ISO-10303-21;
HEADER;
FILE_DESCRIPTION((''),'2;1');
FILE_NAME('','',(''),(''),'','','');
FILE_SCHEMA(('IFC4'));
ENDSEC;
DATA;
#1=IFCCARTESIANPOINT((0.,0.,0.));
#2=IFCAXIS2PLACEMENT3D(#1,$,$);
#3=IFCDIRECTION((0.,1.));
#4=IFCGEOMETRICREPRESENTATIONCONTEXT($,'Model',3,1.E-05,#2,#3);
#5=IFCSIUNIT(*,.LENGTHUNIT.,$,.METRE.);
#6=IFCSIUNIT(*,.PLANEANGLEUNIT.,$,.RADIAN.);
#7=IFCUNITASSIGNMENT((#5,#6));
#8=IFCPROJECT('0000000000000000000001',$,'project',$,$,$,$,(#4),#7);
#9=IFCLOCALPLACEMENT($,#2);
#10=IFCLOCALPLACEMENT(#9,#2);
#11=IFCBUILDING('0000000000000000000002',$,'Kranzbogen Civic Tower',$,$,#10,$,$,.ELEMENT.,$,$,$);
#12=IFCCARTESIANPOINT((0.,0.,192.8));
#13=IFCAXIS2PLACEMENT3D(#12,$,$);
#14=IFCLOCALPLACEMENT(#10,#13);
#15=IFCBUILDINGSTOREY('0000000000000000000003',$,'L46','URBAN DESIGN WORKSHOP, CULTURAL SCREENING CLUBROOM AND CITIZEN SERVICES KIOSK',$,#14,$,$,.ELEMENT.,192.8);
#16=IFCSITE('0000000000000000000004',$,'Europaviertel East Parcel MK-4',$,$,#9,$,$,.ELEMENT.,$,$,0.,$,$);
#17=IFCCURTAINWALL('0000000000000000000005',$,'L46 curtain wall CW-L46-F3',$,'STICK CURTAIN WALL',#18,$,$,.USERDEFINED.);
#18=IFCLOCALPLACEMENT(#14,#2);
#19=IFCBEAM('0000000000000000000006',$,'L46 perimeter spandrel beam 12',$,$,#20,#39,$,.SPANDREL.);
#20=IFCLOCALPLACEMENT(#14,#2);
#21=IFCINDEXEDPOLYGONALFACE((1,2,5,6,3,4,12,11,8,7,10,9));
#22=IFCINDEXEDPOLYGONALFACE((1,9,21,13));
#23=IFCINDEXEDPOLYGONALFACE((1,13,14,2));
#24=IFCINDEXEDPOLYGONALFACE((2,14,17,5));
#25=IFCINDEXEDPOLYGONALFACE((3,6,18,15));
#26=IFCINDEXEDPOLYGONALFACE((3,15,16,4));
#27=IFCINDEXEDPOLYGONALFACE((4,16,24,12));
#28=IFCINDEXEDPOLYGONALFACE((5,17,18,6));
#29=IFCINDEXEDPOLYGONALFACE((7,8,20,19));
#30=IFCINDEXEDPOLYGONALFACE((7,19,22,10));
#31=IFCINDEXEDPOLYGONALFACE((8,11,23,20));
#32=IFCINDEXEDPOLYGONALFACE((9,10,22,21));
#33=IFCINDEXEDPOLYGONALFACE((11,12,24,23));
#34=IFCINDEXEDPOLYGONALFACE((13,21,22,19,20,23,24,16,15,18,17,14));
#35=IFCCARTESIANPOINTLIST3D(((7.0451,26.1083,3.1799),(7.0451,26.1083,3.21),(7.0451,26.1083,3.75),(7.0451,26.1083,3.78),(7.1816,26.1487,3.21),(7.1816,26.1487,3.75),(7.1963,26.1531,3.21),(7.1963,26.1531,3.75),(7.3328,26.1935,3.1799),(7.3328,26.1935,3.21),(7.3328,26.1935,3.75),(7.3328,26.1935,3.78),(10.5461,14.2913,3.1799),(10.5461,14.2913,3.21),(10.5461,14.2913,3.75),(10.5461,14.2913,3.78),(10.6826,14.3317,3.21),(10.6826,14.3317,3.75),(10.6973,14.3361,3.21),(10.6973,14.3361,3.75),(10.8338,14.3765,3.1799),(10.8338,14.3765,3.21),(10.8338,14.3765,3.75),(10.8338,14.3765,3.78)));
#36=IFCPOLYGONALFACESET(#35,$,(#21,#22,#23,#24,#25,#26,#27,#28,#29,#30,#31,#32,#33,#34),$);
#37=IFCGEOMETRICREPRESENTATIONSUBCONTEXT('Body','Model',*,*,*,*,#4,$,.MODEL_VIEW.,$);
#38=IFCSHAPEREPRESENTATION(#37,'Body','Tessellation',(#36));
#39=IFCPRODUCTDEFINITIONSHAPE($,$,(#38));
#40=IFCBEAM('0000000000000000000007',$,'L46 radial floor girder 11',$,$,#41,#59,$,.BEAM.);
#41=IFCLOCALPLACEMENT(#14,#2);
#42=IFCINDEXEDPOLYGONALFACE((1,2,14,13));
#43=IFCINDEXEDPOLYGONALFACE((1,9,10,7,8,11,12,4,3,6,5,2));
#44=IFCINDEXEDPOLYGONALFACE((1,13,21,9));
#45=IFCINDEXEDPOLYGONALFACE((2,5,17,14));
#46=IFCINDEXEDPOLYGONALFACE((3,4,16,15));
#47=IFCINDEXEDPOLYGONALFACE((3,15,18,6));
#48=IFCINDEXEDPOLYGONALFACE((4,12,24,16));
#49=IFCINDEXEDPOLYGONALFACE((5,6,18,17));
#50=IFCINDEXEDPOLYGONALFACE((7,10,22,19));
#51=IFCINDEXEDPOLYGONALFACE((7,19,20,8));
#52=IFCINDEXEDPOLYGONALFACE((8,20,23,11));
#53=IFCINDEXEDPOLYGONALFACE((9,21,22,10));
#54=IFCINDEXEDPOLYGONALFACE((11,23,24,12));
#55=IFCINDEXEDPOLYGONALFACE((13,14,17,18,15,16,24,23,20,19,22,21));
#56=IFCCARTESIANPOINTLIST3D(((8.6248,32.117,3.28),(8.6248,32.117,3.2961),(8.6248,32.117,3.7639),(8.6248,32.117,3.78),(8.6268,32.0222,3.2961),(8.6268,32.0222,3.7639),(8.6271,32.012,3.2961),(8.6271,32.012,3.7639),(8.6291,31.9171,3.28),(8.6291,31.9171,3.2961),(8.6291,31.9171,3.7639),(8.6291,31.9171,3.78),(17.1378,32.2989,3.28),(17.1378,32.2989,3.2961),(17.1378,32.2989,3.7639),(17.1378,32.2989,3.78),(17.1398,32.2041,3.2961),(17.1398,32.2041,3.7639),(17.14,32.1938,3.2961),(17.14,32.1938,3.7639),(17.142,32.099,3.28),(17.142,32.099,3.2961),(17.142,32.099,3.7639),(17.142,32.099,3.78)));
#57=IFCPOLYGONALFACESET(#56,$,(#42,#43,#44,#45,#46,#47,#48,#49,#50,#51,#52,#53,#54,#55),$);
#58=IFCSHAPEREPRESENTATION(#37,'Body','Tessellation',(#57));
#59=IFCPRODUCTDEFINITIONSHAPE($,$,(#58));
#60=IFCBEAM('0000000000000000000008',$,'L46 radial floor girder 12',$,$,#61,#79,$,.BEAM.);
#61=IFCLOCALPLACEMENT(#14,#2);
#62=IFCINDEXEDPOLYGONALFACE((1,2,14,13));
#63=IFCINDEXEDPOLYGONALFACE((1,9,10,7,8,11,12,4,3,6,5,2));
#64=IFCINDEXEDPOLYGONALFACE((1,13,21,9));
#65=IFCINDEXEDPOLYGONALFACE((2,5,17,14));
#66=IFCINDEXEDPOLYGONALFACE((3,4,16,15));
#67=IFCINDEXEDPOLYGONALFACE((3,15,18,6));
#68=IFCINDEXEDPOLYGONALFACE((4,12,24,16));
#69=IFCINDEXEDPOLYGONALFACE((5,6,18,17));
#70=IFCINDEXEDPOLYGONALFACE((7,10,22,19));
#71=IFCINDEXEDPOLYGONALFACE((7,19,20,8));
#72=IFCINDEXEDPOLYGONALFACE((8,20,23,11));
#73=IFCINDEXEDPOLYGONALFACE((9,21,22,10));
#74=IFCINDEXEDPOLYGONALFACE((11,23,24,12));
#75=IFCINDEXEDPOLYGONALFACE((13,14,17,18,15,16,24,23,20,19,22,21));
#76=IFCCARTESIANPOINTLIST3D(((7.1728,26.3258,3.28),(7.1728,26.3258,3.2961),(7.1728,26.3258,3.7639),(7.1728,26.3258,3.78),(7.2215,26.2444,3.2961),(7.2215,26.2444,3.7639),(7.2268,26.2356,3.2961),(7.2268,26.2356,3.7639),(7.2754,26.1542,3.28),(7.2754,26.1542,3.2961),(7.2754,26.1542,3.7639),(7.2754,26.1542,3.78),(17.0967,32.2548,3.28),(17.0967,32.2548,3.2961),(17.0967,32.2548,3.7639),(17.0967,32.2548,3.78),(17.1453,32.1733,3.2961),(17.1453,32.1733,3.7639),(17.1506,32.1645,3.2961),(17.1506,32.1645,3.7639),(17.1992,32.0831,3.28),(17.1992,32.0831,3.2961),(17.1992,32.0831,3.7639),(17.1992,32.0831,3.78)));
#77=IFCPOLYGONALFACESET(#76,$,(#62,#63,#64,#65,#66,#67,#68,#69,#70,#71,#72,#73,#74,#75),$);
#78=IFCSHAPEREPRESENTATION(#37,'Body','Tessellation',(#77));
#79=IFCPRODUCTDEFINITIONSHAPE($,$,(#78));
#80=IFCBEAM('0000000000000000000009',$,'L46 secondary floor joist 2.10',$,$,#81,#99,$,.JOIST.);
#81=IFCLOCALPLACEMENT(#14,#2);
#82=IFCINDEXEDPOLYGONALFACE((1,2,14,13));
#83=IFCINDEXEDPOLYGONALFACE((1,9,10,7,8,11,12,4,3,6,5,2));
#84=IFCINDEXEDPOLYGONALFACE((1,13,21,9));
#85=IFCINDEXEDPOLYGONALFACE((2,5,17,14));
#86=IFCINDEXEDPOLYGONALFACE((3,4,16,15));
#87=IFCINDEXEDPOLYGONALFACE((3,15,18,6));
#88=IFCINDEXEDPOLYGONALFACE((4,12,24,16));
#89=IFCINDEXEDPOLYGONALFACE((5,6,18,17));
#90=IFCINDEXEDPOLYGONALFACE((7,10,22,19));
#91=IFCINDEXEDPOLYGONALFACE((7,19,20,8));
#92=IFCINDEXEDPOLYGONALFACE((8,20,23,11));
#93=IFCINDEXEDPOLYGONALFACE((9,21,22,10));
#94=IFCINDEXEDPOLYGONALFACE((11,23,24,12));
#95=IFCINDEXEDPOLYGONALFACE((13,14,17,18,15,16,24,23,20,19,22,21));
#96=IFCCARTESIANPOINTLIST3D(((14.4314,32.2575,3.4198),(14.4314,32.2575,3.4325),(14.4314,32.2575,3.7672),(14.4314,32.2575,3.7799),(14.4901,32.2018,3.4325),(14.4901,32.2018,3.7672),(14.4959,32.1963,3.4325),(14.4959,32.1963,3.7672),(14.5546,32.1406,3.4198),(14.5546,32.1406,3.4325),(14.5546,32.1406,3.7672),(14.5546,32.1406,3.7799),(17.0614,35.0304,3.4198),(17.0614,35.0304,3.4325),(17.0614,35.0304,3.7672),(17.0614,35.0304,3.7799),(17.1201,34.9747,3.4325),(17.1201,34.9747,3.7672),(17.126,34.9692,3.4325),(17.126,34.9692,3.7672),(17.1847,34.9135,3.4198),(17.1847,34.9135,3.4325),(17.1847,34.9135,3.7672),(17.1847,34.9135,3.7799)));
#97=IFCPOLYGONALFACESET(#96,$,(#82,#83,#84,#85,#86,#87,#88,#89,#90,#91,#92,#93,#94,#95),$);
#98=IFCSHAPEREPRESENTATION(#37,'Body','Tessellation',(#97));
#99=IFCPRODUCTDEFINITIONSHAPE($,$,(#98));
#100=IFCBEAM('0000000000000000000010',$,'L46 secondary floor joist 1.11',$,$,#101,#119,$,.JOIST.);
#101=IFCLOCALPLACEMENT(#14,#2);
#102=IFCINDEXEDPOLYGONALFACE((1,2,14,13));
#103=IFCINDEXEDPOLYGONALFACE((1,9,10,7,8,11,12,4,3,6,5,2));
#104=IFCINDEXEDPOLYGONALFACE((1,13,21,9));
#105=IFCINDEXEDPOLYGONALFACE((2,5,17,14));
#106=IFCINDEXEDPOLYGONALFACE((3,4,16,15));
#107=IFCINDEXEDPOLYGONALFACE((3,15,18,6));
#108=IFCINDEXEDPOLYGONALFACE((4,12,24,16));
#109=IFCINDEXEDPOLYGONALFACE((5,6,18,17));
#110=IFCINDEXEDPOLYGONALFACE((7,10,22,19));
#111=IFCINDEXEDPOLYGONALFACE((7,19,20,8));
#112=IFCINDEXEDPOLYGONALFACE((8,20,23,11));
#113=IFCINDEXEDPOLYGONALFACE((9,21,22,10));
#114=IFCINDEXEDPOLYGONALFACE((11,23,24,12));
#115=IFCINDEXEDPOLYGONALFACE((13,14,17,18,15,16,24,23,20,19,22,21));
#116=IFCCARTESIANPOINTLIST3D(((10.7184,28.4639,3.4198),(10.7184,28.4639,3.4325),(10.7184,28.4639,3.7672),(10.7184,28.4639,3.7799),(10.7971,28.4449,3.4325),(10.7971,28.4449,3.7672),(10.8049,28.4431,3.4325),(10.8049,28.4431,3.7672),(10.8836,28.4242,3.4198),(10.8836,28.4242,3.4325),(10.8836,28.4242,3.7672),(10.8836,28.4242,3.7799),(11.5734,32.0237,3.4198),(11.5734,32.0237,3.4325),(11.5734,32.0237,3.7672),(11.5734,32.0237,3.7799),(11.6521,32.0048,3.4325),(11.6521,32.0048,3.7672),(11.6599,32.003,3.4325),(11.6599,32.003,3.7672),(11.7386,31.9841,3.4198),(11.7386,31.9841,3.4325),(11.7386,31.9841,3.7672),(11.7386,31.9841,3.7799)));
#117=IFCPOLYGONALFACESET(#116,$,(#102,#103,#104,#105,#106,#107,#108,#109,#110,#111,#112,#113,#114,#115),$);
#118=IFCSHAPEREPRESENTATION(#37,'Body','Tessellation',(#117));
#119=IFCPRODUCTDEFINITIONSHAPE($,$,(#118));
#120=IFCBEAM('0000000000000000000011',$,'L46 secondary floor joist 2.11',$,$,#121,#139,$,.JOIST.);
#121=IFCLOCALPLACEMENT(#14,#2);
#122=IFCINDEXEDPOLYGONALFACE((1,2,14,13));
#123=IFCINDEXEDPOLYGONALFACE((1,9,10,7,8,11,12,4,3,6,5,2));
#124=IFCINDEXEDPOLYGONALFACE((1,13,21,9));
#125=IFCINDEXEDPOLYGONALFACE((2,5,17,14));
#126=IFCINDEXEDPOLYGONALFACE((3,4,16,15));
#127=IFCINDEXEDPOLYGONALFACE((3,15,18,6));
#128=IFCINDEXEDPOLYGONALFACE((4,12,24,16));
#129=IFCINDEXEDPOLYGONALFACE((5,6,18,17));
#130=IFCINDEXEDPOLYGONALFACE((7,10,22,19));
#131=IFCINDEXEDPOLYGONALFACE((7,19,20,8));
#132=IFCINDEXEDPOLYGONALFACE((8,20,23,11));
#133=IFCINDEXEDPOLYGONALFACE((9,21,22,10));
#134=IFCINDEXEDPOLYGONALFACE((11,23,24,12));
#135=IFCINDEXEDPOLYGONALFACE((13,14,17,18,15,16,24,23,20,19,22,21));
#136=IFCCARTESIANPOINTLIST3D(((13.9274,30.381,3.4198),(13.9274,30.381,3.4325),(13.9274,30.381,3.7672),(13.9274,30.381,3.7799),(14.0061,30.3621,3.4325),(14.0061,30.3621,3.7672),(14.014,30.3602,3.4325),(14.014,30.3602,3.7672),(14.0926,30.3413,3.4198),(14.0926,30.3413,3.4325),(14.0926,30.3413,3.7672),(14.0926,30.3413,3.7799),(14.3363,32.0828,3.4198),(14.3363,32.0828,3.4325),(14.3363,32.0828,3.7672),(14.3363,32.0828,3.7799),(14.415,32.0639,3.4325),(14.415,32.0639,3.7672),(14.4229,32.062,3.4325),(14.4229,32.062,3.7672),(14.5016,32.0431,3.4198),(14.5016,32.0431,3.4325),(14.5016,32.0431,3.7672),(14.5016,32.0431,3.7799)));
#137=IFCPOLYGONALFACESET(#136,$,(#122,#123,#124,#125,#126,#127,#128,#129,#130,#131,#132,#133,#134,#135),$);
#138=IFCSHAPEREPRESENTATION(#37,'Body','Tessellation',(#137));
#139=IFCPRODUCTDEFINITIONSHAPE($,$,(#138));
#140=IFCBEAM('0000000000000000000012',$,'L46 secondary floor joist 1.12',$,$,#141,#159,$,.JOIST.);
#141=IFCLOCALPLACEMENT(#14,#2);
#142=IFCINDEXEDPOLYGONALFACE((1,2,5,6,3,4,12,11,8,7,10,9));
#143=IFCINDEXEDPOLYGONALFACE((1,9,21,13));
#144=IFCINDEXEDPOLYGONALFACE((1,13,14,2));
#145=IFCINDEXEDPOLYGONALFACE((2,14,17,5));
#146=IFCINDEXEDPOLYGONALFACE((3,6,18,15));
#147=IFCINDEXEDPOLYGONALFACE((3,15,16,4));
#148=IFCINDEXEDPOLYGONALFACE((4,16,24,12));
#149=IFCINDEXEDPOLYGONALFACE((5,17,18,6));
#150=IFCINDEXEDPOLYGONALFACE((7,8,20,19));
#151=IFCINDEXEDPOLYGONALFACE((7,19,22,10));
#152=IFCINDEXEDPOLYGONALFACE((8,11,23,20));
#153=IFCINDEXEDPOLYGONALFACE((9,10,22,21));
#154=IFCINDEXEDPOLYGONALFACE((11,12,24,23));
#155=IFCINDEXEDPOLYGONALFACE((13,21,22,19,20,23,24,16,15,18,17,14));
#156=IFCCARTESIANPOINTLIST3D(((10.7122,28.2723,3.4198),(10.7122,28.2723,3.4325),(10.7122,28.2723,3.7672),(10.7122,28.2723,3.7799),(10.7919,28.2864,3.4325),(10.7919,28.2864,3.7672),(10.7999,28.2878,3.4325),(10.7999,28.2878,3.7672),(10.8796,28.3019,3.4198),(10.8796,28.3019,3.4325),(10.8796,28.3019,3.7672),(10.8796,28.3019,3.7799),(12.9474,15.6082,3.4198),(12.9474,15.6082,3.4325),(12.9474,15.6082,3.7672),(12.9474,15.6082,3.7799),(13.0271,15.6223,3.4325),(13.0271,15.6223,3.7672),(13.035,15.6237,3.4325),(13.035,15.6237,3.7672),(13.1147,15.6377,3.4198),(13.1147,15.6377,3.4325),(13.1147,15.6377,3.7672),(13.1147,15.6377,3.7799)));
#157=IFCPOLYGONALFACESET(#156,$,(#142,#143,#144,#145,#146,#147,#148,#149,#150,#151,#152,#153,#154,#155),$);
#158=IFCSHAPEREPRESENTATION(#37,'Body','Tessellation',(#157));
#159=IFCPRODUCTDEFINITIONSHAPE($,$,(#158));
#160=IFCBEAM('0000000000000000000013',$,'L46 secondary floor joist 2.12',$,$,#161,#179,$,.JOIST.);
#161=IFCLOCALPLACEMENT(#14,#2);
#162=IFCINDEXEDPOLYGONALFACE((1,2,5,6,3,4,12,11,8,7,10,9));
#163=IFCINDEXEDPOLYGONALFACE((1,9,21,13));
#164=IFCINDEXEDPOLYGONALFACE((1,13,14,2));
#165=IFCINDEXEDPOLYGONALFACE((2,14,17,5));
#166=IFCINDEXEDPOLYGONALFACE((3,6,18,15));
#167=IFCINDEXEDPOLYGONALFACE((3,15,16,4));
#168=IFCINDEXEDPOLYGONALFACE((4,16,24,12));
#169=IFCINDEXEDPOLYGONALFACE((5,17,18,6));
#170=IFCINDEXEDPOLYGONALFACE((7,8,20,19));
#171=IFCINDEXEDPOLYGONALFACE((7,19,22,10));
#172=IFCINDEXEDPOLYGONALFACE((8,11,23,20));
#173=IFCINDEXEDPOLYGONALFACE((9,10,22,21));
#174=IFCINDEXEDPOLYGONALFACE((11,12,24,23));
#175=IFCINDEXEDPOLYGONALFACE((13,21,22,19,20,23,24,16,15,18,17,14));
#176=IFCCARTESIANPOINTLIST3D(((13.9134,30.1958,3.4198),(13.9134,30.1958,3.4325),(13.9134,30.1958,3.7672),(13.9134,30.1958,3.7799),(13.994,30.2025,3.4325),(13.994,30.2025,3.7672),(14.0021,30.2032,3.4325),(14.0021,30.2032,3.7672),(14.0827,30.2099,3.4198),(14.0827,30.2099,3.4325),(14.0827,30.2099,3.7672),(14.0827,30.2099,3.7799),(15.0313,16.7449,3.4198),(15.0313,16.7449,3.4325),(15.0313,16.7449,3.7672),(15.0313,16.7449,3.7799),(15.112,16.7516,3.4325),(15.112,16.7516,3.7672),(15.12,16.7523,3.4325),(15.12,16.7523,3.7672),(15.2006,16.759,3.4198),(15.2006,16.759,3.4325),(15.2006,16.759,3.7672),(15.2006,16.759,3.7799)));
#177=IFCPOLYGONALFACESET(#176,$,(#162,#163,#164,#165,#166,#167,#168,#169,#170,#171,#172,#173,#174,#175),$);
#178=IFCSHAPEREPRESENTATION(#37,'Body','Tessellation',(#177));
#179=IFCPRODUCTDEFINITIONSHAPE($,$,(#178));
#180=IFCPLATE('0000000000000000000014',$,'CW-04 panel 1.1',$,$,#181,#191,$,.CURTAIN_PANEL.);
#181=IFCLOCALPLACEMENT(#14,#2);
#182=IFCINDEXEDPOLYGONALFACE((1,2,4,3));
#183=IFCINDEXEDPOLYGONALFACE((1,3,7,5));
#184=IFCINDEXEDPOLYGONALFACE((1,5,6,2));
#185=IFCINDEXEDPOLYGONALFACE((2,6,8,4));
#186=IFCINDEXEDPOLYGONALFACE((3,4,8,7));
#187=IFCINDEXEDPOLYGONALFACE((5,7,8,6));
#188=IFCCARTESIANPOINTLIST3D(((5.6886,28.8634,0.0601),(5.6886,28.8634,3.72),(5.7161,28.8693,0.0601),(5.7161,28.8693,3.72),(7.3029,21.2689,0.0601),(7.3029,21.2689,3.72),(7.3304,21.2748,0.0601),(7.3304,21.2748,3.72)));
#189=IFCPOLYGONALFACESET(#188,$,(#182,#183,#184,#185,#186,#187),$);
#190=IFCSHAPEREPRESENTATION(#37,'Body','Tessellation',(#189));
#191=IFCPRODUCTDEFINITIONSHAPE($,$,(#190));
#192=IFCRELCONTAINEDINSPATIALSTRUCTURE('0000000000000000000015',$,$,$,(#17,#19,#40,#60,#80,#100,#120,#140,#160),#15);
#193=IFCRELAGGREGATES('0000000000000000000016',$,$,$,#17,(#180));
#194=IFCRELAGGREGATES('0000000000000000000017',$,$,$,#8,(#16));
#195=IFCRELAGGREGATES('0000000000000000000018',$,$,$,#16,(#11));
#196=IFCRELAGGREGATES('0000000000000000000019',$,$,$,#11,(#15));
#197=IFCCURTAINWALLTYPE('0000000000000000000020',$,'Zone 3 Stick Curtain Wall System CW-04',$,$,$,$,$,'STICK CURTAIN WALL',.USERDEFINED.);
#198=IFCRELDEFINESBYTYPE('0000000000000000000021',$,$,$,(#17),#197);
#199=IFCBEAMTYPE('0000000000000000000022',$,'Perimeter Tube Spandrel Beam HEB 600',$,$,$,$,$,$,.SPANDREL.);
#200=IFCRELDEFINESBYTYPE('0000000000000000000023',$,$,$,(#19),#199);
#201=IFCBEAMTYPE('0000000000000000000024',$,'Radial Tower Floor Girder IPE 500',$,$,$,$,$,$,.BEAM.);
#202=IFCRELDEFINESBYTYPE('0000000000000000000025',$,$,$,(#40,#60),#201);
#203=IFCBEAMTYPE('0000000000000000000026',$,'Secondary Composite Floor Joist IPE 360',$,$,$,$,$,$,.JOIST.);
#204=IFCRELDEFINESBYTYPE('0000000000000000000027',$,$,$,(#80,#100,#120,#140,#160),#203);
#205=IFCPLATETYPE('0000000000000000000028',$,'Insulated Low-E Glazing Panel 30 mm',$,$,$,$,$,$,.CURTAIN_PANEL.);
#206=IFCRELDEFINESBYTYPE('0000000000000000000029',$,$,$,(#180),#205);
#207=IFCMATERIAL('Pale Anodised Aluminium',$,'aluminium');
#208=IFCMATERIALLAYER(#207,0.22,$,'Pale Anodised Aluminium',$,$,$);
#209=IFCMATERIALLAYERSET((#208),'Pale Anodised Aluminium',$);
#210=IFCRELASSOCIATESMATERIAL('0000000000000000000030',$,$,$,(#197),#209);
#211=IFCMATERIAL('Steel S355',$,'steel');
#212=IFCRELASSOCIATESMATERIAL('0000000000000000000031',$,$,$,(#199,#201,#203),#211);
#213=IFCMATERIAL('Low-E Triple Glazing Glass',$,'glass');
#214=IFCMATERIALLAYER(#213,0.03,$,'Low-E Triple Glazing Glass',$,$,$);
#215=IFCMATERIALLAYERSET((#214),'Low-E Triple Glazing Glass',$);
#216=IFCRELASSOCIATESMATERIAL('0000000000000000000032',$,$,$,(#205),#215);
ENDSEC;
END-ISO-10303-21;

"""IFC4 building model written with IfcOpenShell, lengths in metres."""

from ifc_helpers import new_model, si_unit, direction, frame, origin, origin_2d, place, context, subcontext, project, spatial, rectangle, i_section, extrude, material, layer, layer_set, material_profile, profile_set, type_object, element, aggregate, save


model = new_model("IFC4")

# Units and contexts
model_context = context("Model", 3, precision=1e-05, world=origin(), true_north=direction((0.0, 1.0)))
body_context = subcontext(model_context, "Body", "Model", "MODEL_VIEW")
ifc_project = project(units=[si_unit("LENGTHUNIT", "METRE"), si_unit("PLANEANGLEUNIT", "RADIAN")], contexts=[model_context])

# Site, building, storey
site_placement = place(None, origin())
site = spatial("IfcSite", under=ifc_project, at=site_placement, Name="Europaviertel East Parcel MK-4", CompositionType="ELEMENT", RefElevation=0.0)
building_placement = place(site_placement, origin())
building = spatial("IfcBuilding", under=site, at=building_placement, Name="Kranzbogen Civic Tower", CompositionType="ELEMENT")
storey_placement = place(building_placement, frame((0.0, 0.0, 192.8)))
storey = spatial("IfcBuildingStorey", under=building, at=storey_placement, Name="L46", Description="URBAN DESIGN WORKSHOP, CULTURAL SCREENING CLUBROOM AND CITIZEN SERVICES KIOSK", CompositionType="ELEMENT", Elevation=192.8)

# Shared definitions
ifc_material_1 = material(Name="Steel S355", Category="steel")

# Shared definitions
ifc_material_2 = material(Name="Pale Anodised Aluminium", Category="aluminium")
ifc_layer_1 = layer(ifc_material_2, 0.22, Name="Pale Anodised Aluminium")
ifc_layer_set_1 = layer_set([ifc_layer_1], Name="Pale Anodised Aluminium")
curtain_wall_type = type_object("IfcCurtainWallType", Name="Zone 3 Stick Curtain Wall System CW-04", ElementType="STICK CURTAIN WALL", PredefinedType="USERDEFINED", material=ifc_layer_set_1)

# Curtain wall
curtain_wall_1_placement = place(storey_placement, origin())
curtain_wall_1 = element("IfcCurtainWall", 1, at=curtain_wall_1_placement, inside=storey, type_object=curtain_wall_type, Name="L46 curtain wall CW-L46-F3", ObjectType="STICK CURTAIN WALL", PredefinedType="USERDEFINED")

# Beams
ifc_material_profile_1 = material_profile(ifc_material_1, i_section(OverallWidth=0.3, OverallDepth=0.6001, WebThickness=0.0154, FlangeThickness=0.03, at=origin_2d()), Name="HEB 600")
ifc_profile_set_1 = profile_set([ifc_material_profile_1], Name="Steel S355")
beam_type_1 = type_object("IfcBeamType", Name="Perimeter Tube Spandrel Beam HEB 600", PredefinedType="SPANDREL", material=ifc_profile_set_1)
beam_1_placement = place(storey_placement, frame((7.189, 26.1509, 3.48), z_axis=(0.284064, -0.958805, 0.0), x_axis=(0.958805, 0.284064, 0.0)))
element("IfcBeam", 2, at=beam_1_placement, inside=storey, type_object=beam_type_1, Name="L46 perimeter spandrel beam 12", PredefinedType="SPANDREL", context=body_context, shape_type="SweptSolid", body=[
    extrude(i_section(OverallWidth=0.3, OverallDepth=0.6001, WebThickness=0.0154, FlangeThickness=0.03, at=origin_2d()), origin(), (0.0, 0.0, 1.0), 12.3247),
])
ifc_material_profile_2 = material_profile(ifc_material_1, i_section(OverallWidth=0.2, OverallDepth=0.5, WebThickness=0.0103, FlangeThickness=0.0161, at=origin_2d()), Name="IPE 500")
ifc_profile_set_2 = profile_set([ifc_material_profile_2], Name="Steel S355")
beam_type_2 = type_object("IfcBeamType", Name="Radial Tower Floor Girder IPE 500", PredefinedType="BEAM", material=ifc_profile_set_2)
beam_2_placement = place(storey_placement, frame((8.627, 32.0171, 3.53), z_axis=(0.999772, 0.021361, 0.0), x_axis=(-0.021361, 0.999772, 0.0)))
element("IfcBeam", 3, at=beam_2_placement, inside=storey, type_object=beam_type_2, Name="L46 radial floor girder 11", PredefinedType="BEAM", context=body_context, shape_type="SweptSolid", body=[
    extrude(i_section(OverallWidth=0.2, OverallDepth=0.5, WebThickness=0.0103, FlangeThickness=0.0161, at=origin_2d()), origin(), (0.0, 0.0, 1.0), 8.5149),
])
beam_3_placement = place(storey_placement, frame((7.2241, 26.24, 3.53), z_axis=(0.858459, 0.512883, 0.0), x_axis=(-0.512883, 0.858459, 0.0)))
element("IfcBeam", 4, at=beam_3_placement, inside=storey, type_object=beam_type_2, Name="L46 radial floor girder 12", PredefinedType="BEAM", context=body_context, shape_type="SweptSolid", body=[
    extrude(i_section(OverallWidth=0.2, OverallDepth=0.5, WebThickness=0.0103, FlangeThickness=0.0161, at=origin_2d()), origin(), (0.0, 0.0, 1.0), 11.5601),
])
ifc_material_profile_3 = material_profile(ifc_material_1, i_section(OverallWidth=0.1699, OverallDepth=0.3601, WebThickness=0.0081, FlangeThickness=0.0127, at=origin_2d()), Name="IPE 360")
ifc_profile_set_3 = profile_set([ifc_material_profile_3], Name="Steel S355")
beam_type_3 = type_object("IfcBeamType", Name="Secondary Composite Floor Joist IPE 360", PredefinedType="JOIST", material=ifc_profile_set_3)
beam_4_placement = place(storey_placement, frame((17.123, 34.9719, 3.5999), z_axis=(-0.688175, -0.725545, 0.0), x_axis=(0.725545, -0.688175, 0.0)))
element("IfcBeam", 5, at=beam_4_placement, inside=storey, type_object=beam_type_3, Name="L46 secondary floor joist 2.10", PredefinedType="JOIST", context=body_context, shape_type="SweptSolid", body=[
    extrude(i_section(OverallWidth=0.1699, OverallDepth=0.3601, WebThickness=0.0081, FlangeThickness=0.0127, at=origin_2d()), origin(), (0.0, 0.0, 1.0), 3.8218),
])
beam_5_placement = place(storey_placement, frame((11.656, 32.0039, 3.5999), z_axis=(-0.233534, -0.972349, 0.0), x_axis=(0.972349, -0.233534, 0.0)))
element("IfcBeam", 6, at=beam_5_placement, inside=storey, type_object=beam_type_3, Name="L46 secondary floor joist 1.11", PredefinedType="JOIST", context=body_context, shape_type="SweptSolid", body=[
    extrude(i_section(OverallWidth=0.1699, OverallDepth=0.3601, WebThickness=0.0081, FlangeThickness=0.0127, at=origin_2d()), origin(), (0.0, 0.0, 1.0), 3.6611),
])
beam_6_placement = place(storey_placement, frame((14.4189, 32.063, 3.5999), z_axis=(-0.233631, -0.972325, 0.0), x_axis=(0.972325, -0.233631, 0.0)))
element("IfcBeam", 7, at=beam_6_placement, inside=storey, type_object=beam_type_3, Name="L46 secondary floor joist 2.11", PredefinedType="JOIST", context=body_context, shape_type="SweptSolid", body=[
    extrude(i_section(OverallWidth=0.1699, OverallDepth=0.3601, WebThickness=0.0081, FlangeThickness=0.0127, at=origin_2d()), origin(), (0.0, 0.0, 1.0), 1.7502),
])
beam_7_placement = place(storey_placement, frame((10.7959, 28.2871, 3.5999), z_axis=(0.173806, -0.98478, 0.0), x_axis=(0.98478, 0.173806, 0.0)))
element("IfcBeam", 8, at=beam_7_placement, inside=storey, type_object=beam_type_3, Name="L46 secondary floor joist 1.12", PredefinedType="JOIST", context=body_context, shape_type="SweptSolid", body=[
    extrude(i_section(OverallWidth=0.1699, OverallDepth=0.3601, WebThickness=0.0081, FlangeThickness=0.0127, at=origin_2d()), origin(), (0.0, 0.0, 1.0), 12.8599),
])
beam_8_placement = place(storey_placement, frame((13.998, 30.2029, 3.5999), z_axis=(0.082825, -0.996564, 0.0), x_axis=(0.996564, 0.082825, 0.0)))
element("IfcBeam", 9, at=beam_8_placement, inside=storey, type_object=beam_type_3, Name="L46 secondary floor joist 2.12", PredefinedType="JOIST", context=body_context, shape_type="SweptSolid", body=[
    extrude(i_section(OverallWidth=0.1699, OverallDepth=0.3601, WebThickness=0.0081, FlangeThickness=0.0127, at=origin_2d()), origin(), (0.0, 0.0, 1.0), 13.4973),
])

# Plate
ifc_material_3 = material(Name="Low-E Triple Glazing Glass", Category="glass")
ifc_layer_2 = layer(ifc_material_3, 0.03, Name="Low-E Triple Glazing Glass")
ifc_layer_set_2 = layer_set([ifc_layer_2], Name="Low-E Triple Glazing Glass")
plate_type = type_object("IfcPlateType", Name="Insulated Low-E Glazing Panel 30 mm", PredefinedType="CURTAIN_PANEL", material=ifc_layer_set_2)
plate_placement = place(storey_placement, frame((6.5095, 25.0691, 0.0601), z_axis=(0.0, 0.0, 1.0), x_axis=(0.207916, -0.978147, 0.0)))
plate = element("IfcPlate", 10, at=plate_placement, type_object=plate_type, Name="CW-04 panel 1.1", PredefinedType="CURTAIN_PANEL", context=body_context, shape_type="SweptSolid", body=[
    extrude(rectangle(XDim=7.7642, YDim=0.0281, at=origin_2d()), origin(), (0.0, 0.0, 1.0), 3.6599),
])
aggregate(curtain_wall_1, [plate])

save(model, "model.ifc")
